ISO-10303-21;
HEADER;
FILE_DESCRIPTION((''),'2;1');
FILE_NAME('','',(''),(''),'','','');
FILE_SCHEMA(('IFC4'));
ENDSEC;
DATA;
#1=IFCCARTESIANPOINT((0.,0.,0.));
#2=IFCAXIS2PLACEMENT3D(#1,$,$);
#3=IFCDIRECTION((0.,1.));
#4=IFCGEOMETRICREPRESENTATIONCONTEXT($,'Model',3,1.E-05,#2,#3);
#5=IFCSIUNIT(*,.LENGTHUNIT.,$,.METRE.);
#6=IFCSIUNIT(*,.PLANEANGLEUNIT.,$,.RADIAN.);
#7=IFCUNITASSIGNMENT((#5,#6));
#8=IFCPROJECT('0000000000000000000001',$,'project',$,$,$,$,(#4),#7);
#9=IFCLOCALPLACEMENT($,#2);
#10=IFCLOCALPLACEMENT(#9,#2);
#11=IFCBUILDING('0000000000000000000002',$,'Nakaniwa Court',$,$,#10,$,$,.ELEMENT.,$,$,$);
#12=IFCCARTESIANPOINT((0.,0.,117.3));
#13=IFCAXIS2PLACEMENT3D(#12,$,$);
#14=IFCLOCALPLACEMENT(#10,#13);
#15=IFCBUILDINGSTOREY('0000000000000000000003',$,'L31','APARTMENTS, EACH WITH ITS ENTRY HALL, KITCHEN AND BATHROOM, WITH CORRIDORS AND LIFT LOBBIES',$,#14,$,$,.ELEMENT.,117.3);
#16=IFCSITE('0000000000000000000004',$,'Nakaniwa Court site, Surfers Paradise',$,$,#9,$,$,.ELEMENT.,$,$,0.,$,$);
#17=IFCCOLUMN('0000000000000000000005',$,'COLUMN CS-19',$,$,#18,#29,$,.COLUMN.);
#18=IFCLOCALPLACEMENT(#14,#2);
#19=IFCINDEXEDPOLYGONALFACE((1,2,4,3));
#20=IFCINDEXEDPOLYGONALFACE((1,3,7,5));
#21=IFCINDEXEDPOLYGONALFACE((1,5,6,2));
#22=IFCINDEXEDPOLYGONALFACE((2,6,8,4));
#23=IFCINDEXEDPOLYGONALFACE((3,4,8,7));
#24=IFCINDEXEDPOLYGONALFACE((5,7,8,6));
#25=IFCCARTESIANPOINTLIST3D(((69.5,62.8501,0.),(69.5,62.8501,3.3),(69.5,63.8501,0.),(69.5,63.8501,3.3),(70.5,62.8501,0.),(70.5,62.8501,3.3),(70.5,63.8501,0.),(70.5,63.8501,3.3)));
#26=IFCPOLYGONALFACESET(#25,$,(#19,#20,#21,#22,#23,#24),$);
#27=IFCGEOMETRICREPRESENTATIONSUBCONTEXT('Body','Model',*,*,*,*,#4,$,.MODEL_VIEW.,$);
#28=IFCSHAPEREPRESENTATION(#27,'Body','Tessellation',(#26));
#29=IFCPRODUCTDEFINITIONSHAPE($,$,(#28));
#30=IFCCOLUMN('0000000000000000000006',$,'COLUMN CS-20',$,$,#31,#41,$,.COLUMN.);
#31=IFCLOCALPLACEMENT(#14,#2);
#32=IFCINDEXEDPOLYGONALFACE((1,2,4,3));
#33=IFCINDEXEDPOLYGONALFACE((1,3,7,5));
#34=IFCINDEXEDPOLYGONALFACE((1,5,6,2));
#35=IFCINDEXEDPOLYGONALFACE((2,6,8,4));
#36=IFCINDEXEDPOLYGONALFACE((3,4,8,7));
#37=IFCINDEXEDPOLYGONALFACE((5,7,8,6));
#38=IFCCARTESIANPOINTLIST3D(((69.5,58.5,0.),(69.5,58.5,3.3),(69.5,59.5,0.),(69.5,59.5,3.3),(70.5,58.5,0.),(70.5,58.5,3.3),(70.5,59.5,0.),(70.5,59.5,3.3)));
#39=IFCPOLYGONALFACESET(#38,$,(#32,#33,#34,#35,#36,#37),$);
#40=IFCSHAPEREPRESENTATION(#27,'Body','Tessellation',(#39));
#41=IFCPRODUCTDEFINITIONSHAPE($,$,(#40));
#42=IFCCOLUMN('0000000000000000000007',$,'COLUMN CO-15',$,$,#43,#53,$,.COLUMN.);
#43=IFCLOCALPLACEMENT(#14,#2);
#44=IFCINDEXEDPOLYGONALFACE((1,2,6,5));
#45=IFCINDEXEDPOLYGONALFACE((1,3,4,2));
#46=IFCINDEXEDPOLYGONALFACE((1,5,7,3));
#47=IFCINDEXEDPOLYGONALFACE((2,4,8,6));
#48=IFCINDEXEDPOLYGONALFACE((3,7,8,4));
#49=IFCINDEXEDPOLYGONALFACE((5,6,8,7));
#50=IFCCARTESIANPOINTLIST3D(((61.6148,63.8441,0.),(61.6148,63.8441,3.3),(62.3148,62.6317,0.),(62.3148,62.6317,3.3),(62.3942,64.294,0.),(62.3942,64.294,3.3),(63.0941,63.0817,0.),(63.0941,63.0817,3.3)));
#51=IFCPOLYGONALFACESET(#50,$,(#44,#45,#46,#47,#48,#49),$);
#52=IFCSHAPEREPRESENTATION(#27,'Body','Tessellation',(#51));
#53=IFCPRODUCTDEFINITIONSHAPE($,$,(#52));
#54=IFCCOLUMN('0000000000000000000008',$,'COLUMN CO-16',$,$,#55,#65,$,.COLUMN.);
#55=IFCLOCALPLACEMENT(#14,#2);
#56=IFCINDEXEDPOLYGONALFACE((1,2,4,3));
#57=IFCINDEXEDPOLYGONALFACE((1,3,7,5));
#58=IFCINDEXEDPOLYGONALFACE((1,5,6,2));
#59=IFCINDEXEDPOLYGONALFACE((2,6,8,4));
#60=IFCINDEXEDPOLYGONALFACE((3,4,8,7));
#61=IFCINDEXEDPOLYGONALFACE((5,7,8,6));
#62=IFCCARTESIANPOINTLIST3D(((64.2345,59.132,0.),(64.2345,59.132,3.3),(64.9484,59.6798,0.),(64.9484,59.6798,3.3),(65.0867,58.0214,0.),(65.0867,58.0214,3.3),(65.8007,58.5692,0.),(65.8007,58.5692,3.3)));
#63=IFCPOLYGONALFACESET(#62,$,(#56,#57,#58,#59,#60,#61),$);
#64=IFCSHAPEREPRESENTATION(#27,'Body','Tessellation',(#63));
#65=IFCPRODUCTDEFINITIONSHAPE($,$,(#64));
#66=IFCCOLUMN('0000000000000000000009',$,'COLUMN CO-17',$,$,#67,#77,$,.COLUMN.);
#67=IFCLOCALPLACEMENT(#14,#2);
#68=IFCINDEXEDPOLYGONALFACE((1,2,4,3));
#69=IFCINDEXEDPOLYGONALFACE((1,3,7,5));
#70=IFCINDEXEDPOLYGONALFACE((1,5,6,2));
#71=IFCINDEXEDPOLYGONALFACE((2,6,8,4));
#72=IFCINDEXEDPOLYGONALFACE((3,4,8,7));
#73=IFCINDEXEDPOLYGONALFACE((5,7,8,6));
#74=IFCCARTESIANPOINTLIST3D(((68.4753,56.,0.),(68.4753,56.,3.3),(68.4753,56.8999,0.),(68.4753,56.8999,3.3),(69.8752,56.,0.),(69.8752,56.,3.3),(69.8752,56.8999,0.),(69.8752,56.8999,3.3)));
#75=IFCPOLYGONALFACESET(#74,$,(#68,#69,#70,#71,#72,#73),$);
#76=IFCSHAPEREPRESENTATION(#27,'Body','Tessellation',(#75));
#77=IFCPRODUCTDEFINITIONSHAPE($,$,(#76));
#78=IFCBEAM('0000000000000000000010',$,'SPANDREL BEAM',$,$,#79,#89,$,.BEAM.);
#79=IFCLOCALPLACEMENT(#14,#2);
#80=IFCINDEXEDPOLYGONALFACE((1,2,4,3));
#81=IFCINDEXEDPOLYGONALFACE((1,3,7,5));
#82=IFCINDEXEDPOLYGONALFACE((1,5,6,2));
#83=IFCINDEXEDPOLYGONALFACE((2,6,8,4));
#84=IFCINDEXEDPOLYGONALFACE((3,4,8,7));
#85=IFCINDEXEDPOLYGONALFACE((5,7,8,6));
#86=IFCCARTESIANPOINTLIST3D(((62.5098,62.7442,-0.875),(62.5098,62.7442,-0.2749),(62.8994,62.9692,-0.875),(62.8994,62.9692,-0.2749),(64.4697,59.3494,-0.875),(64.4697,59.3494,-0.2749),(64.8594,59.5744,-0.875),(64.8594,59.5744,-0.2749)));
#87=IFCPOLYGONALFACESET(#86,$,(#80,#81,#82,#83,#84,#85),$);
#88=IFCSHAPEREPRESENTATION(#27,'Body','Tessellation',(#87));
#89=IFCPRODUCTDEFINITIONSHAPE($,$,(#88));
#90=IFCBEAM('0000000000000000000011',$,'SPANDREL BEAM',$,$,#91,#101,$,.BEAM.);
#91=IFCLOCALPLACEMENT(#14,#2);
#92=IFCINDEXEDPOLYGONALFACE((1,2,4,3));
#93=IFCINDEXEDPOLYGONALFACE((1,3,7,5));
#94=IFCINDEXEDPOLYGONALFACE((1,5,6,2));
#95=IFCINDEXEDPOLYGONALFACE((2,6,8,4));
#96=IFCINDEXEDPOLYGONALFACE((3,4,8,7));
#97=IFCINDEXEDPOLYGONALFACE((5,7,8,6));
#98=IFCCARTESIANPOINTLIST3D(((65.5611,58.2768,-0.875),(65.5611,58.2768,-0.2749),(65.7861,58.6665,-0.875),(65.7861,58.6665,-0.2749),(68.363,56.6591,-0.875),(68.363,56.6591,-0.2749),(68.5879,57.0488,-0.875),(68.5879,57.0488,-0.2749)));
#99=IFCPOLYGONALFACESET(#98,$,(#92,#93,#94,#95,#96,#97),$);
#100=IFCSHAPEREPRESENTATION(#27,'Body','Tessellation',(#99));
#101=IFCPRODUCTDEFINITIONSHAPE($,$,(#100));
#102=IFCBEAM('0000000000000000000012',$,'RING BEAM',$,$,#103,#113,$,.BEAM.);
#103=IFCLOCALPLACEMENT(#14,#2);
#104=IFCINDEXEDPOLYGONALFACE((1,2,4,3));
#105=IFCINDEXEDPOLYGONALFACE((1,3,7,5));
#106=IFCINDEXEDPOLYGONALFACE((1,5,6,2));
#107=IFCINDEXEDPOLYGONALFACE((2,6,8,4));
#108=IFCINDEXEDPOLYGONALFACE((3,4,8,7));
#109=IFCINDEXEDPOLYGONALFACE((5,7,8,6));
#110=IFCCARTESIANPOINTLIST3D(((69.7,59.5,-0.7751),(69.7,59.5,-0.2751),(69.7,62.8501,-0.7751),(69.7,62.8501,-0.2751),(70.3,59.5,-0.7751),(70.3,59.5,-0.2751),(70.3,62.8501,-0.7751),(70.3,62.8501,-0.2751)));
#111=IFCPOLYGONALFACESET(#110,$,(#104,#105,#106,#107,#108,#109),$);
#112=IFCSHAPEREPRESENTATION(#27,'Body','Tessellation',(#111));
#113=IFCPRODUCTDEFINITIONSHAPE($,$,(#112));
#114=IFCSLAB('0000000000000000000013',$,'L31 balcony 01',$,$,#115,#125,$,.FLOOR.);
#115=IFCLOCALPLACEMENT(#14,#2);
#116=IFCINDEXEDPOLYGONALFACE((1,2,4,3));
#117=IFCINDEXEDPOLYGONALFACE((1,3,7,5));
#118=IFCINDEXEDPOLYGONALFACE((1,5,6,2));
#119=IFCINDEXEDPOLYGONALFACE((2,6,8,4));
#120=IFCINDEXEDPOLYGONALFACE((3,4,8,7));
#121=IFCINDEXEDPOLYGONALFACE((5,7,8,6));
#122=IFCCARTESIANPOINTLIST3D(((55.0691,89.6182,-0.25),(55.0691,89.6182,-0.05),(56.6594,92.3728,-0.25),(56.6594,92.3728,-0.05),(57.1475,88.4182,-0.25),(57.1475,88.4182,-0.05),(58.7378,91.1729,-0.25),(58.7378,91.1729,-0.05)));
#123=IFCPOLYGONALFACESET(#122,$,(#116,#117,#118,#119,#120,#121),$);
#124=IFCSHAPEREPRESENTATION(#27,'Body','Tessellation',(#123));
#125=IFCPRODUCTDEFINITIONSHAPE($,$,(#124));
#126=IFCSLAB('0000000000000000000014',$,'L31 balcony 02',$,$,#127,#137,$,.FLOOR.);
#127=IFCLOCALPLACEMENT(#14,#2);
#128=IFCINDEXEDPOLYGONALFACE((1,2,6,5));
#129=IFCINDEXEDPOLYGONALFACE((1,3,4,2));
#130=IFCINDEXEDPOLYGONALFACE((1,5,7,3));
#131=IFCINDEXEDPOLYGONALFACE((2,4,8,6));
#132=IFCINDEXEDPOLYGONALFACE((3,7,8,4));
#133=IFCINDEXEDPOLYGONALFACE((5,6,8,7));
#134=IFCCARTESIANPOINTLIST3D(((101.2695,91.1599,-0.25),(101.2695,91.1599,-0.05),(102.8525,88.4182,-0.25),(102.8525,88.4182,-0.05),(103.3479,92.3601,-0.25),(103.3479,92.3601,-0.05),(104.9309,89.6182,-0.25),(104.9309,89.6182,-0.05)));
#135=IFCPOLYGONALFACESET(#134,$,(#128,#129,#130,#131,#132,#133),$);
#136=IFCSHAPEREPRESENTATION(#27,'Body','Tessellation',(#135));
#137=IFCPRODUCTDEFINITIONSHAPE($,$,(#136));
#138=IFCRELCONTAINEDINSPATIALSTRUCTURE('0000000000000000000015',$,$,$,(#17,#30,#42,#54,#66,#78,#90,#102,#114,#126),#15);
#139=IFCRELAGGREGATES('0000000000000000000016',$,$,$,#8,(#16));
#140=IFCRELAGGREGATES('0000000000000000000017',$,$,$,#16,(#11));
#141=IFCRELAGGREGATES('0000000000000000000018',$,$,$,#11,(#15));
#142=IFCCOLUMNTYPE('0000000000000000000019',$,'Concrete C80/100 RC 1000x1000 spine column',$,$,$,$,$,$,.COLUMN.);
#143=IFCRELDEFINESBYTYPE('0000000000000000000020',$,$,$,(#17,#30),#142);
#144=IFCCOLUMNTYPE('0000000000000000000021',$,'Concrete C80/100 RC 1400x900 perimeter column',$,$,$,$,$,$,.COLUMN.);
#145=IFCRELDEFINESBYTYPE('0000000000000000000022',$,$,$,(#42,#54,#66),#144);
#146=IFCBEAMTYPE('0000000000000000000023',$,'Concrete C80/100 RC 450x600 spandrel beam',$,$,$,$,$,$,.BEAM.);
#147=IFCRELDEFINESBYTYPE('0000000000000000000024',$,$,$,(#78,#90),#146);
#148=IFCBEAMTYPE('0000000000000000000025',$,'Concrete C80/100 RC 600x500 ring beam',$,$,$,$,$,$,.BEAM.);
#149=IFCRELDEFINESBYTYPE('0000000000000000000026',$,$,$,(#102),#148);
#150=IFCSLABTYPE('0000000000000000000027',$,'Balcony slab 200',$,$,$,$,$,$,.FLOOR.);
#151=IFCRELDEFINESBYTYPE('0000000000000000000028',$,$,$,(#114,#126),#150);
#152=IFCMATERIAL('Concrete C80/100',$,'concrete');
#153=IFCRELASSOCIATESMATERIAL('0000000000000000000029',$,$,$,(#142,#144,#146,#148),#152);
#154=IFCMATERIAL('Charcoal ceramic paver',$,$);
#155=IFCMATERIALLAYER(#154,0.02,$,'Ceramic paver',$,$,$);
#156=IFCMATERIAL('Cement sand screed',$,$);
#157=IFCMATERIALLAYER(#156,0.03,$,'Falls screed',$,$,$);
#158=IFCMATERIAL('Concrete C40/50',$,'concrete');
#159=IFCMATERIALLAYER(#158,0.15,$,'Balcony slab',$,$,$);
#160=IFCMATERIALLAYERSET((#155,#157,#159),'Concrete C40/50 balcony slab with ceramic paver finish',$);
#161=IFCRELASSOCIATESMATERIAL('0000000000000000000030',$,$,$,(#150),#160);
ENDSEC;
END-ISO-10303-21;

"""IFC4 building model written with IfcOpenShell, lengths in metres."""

from ifc_helpers import new_model, si_unit, direction, frame, origin, origin_2d, place, context, subcontext, project, spatial, polyline, rectangle, outline, extrude, material, layer, layer_set, material_profile, profile_set, type_object, element, save


model = new_model("IFC4")

# Units and contexts
model_context = context("Model", 3, precision=1e-05, world=origin(), true_north=direction((0.0, 1.0)))
body_context = subcontext(model_context, "Body", "Model", "MODEL_VIEW")
ifc_project = project(units=[si_unit("LENGTHUNIT", "METRE"), si_unit("PLANEANGLEUNIT", "RADIAN")], contexts=[model_context])

# Site, building, storey
site_placement = place(None, origin())
site = spatial("IfcSite", under=ifc_project, at=site_placement, Name="Nakaniwa Court site, Surfers Paradise", CompositionType="ELEMENT", RefElevation=0.0)
building_placement = place(site_placement, origin())
building = spatial("IfcBuilding", under=site, at=building_placement, Name="Nakaniwa Court", CompositionType="ELEMENT")
storey_placement = place(building_placement, frame((0.0, 0.0, 117.3)))
storey = spatial("IfcBuildingStorey", under=building, at=storey_placement, Name="L31", Description="APARTMENTS, EACH WITH ITS ENTRY HALL, KITCHEN AND BATHROOM, WITH CORRIDORS AND LIFT LOBBIES", CompositionType="ELEMENT", Elevation=117.3)

# Columns
ifc_material_1 = material(Name="Concrete C80/100", Category="concrete")
ifc_material_profile_1 = material_profile(ifc_material_1, rectangle(XDim=1.0, YDim=1.0, at=origin_2d()), Name="Concrete C80/100 RC 1000x1000 spine column")
ifc_profile_set_1 = profile_set([ifc_material_profile_1], Name="Concrete C80/100")
column_type_1 = type_object("IfcColumnType", Name="Concrete C80/100 RC 1000x1000 spine column", PredefinedType="COLUMN", material=ifc_profile_set_1)
for number, where, z_axis, x_axis, name in (
    (1, (70.0, 63.3501, 0.0), (0.0, 0.0, 1.0), (0.0, -1.0, 0.0), "COLUMN CS-19"),
    (2, (70.0, 59.0, 0.0), (0.0, 0.0, 1.0), (0.0, -1.0, 0.0), "COLUMN CS-20"),
):
    element("IfcColumn", number, at=place(storey_placement, frame(where, z_axis=z_axis, x_axis=x_axis)), inside=storey, type_object=column_type_1, Name=name, PredefinedType="COLUMN", context=body_context, shape_type="SweptSolid", body=[
        extrude(rectangle(XDim=1.0, YDim=1.0, at=origin_2d()), origin(), (0.0, 0.0, 1.0), 3.3),
    ])
ifc_material_profile_2 = material_profile(ifc_material_1, rectangle(XDim=1.3999, YDim=0.8999, at=origin_2d()), Name="Concrete C80/100 RC 1400x900 perimeter column")
ifc_profile_set_2 = profile_set([ifc_material_profile_2], Name="Concrete C80/100")
column_type_2 = type_object("IfcColumnType", Name="Concrete C80/100 RC 1400x900 perimeter column", PredefinedType="COLUMN", material=ifc_profile_set_2)
for number, where, z_axis, x_axis, name in (
    (3, (62.3545, 63.4629, 0.0), (0.0, 0.0, 1.0), (0.5, -0.866025, 0.0), "COLUMN CO-15"),
    (4, (65.0176, 58.8506, 0.0), (0.0, 0.0, 1.0), (0.608761, -0.793353, 0.0), "COLUMN CO-16"),
    (5, (69.1753, 56.45, 0.0), (0.0, 0.0, 1.0), (1.0, 0.0, 0.0), "COLUMN CO-17"),
):
    element("IfcColumn", number, at=place(storey_placement, frame(where, z_axis=z_axis, x_axis=x_axis)), inside=storey, type_object=column_type_2, Name=name, PredefinedType="COLUMN", context=body_context, shape_type="SweptSolid", body=[
        extrude(rectangle(XDim=1.3999, YDim=0.8999, at=origin_2d()), origin(), (0.0, 0.0, 1.0), 3.3),
    ])

# Beams
ifc_material_profile_3 = material_profile(ifc_material_1, rectangle(XDim=0.45, YDim=0.6001, at=origin_2d()), Name="Concrete C80/100 RC 450x600 spandrel beam")
ifc_profile_set_3 = profile_set([ifc_material_profile_3], Name="Concrete C80/100")
beam_type_1 = type_object("IfcBeamType", Name="Concrete C80/100 RC 450x600 spandrel beam", PredefinedType="BEAM", material=ifc_profile_set_3)
beam_1_placement = place(storey_placement, frame((62.7046, 62.8567, -0.575), z_axis=(0.499997, -0.866027, 0.0), x_axis=(0.866027, 0.499997, 0.0)))
element("IfcBeam", 6, at=beam_1_placement, inside=storey, type_object=beam_type_1, Name="SPANDREL BEAM", PredefinedType="BEAM", context=body_context, shape_type="SweptSolid", body=[
    extrude(rectangle(XDim=0.45, YDim=0.6001, at=origin_2d()), origin(), (0.0, 0.0, 1.0), 3.9199),
])
beam_2_placement = place(storey_placement, frame((65.6736, 58.4717, -0.575), z_axis=(0.866015, -0.500019, 0.0), x_axis=(0.500019, 0.866015, 0.0)))
element("IfcBeam", 7, at=beam_2_placement, inside=storey, type_object=beam_type_1, Name="SPANDREL BEAM", PredefinedType="BEAM", context=body_context, shape_type="SweptSolid", body=[
    extrude(rectangle(XDim=0.45, YDim=0.6001, at=origin_2d()), origin(), (0.0, 0.0, 1.0), 3.2354),
])
ifc_material_profile_4 = material_profile(ifc_material_1, rectangle(XDim=0.6001, YDim=0.5, at=origin_2d()), Name="Concrete C80/100 RC 600x500 ring beam")
ifc_profile_set_4 = profile_set([ifc_material_profile_4], Name="Concrete C80/100")
beam_type_2 = type_object("IfcBeamType", Name="Concrete C80/100 RC 600x500 ring beam", PredefinedType="BEAM", material=ifc_profile_set_4)
beam_3_placement = place(storey_placement, frame((70.0, 62.8501, -0.5251), z_axis=(0.0, -1.0, 0.0), x_axis=(1.0, 0.0, 0.0)))
element("IfcBeam", 8, at=beam_3_placement, inside=storey, type_object=beam_type_2, Name="RING BEAM", PredefinedType="BEAM", context=body_context, shape_type="SweptSolid", body=[
    extrude(rectangle(XDim=0.6001, YDim=0.5, at=origin_2d()), origin(), (0.0, 0.0, 1.0), 3.3501),
])

# Slabs
ifc_material_2 = material(Name="Charcoal ceramic paver")
ifc_layer_1 = layer(ifc_material_2, 0.02, Name="Ceramic paver")
ifc_material_3 = material(Name="Cement sand screed")
ifc_layer_2 = layer(ifc_material_3, 0.03, Name="Falls screed")
ifc_material_4 = material(Name="Concrete C40/50", Category="concrete")
ifc_layer_3 = layer(ifc_material_4, 0.15, Name="Balcony slab")
ifc_layer_set_1 = layer_set([ifc_layer_1, ifc_layer_2, ifc_layer_3], Name="Concrete C40/50 balcony slab with ceramic paver finish")
slab_type_1 = type_object("IfcSlabType", Name="Balcony slab 200", PredefinedType="FLOOR", material=ifc_layer_set_1)
slab_1_placement = place(storey_placement, frame((0.0, 0.0, -0.25)))
element("IfcSlab", 9, at=slab_1_placement, inside=storey, type_object=slab_type_1, Name="L31 balcony 01", PredefinedType="FLOOR", context=body_context, shape_type="SweptSolid", body=[
    extrude(outline(polyline([(58.7378, 91.1729), (57.1475, 88.4182), (55.0691, 89.6182), (56.6594, 92.3728), (58.7378, 91.1729)])), origin(), (0.0, 0.0, 1.0), 0.2),
])
slab_2_placement = place(storey_placement, frame((0.0, 0.0, -0.25)))
element("IfcSlab", 10, at=slab_2_placement, inside=storey, type_object=slab_type_1, Name="L31 balcony 02", PredefinedType="FLOOR", context=body_context, shape_type="SweptSolid", body=[
    extrude(outline(polyline([(102.8525, 88.4182), (101.2695, 91.1599), (103.3479, 92.3601), (104.9309, 89.6182), (102.8525, 88.4182)])), origin(), (0.0, 0.0, 1.0), 0.2),
])

save(model, "model.ifc")
